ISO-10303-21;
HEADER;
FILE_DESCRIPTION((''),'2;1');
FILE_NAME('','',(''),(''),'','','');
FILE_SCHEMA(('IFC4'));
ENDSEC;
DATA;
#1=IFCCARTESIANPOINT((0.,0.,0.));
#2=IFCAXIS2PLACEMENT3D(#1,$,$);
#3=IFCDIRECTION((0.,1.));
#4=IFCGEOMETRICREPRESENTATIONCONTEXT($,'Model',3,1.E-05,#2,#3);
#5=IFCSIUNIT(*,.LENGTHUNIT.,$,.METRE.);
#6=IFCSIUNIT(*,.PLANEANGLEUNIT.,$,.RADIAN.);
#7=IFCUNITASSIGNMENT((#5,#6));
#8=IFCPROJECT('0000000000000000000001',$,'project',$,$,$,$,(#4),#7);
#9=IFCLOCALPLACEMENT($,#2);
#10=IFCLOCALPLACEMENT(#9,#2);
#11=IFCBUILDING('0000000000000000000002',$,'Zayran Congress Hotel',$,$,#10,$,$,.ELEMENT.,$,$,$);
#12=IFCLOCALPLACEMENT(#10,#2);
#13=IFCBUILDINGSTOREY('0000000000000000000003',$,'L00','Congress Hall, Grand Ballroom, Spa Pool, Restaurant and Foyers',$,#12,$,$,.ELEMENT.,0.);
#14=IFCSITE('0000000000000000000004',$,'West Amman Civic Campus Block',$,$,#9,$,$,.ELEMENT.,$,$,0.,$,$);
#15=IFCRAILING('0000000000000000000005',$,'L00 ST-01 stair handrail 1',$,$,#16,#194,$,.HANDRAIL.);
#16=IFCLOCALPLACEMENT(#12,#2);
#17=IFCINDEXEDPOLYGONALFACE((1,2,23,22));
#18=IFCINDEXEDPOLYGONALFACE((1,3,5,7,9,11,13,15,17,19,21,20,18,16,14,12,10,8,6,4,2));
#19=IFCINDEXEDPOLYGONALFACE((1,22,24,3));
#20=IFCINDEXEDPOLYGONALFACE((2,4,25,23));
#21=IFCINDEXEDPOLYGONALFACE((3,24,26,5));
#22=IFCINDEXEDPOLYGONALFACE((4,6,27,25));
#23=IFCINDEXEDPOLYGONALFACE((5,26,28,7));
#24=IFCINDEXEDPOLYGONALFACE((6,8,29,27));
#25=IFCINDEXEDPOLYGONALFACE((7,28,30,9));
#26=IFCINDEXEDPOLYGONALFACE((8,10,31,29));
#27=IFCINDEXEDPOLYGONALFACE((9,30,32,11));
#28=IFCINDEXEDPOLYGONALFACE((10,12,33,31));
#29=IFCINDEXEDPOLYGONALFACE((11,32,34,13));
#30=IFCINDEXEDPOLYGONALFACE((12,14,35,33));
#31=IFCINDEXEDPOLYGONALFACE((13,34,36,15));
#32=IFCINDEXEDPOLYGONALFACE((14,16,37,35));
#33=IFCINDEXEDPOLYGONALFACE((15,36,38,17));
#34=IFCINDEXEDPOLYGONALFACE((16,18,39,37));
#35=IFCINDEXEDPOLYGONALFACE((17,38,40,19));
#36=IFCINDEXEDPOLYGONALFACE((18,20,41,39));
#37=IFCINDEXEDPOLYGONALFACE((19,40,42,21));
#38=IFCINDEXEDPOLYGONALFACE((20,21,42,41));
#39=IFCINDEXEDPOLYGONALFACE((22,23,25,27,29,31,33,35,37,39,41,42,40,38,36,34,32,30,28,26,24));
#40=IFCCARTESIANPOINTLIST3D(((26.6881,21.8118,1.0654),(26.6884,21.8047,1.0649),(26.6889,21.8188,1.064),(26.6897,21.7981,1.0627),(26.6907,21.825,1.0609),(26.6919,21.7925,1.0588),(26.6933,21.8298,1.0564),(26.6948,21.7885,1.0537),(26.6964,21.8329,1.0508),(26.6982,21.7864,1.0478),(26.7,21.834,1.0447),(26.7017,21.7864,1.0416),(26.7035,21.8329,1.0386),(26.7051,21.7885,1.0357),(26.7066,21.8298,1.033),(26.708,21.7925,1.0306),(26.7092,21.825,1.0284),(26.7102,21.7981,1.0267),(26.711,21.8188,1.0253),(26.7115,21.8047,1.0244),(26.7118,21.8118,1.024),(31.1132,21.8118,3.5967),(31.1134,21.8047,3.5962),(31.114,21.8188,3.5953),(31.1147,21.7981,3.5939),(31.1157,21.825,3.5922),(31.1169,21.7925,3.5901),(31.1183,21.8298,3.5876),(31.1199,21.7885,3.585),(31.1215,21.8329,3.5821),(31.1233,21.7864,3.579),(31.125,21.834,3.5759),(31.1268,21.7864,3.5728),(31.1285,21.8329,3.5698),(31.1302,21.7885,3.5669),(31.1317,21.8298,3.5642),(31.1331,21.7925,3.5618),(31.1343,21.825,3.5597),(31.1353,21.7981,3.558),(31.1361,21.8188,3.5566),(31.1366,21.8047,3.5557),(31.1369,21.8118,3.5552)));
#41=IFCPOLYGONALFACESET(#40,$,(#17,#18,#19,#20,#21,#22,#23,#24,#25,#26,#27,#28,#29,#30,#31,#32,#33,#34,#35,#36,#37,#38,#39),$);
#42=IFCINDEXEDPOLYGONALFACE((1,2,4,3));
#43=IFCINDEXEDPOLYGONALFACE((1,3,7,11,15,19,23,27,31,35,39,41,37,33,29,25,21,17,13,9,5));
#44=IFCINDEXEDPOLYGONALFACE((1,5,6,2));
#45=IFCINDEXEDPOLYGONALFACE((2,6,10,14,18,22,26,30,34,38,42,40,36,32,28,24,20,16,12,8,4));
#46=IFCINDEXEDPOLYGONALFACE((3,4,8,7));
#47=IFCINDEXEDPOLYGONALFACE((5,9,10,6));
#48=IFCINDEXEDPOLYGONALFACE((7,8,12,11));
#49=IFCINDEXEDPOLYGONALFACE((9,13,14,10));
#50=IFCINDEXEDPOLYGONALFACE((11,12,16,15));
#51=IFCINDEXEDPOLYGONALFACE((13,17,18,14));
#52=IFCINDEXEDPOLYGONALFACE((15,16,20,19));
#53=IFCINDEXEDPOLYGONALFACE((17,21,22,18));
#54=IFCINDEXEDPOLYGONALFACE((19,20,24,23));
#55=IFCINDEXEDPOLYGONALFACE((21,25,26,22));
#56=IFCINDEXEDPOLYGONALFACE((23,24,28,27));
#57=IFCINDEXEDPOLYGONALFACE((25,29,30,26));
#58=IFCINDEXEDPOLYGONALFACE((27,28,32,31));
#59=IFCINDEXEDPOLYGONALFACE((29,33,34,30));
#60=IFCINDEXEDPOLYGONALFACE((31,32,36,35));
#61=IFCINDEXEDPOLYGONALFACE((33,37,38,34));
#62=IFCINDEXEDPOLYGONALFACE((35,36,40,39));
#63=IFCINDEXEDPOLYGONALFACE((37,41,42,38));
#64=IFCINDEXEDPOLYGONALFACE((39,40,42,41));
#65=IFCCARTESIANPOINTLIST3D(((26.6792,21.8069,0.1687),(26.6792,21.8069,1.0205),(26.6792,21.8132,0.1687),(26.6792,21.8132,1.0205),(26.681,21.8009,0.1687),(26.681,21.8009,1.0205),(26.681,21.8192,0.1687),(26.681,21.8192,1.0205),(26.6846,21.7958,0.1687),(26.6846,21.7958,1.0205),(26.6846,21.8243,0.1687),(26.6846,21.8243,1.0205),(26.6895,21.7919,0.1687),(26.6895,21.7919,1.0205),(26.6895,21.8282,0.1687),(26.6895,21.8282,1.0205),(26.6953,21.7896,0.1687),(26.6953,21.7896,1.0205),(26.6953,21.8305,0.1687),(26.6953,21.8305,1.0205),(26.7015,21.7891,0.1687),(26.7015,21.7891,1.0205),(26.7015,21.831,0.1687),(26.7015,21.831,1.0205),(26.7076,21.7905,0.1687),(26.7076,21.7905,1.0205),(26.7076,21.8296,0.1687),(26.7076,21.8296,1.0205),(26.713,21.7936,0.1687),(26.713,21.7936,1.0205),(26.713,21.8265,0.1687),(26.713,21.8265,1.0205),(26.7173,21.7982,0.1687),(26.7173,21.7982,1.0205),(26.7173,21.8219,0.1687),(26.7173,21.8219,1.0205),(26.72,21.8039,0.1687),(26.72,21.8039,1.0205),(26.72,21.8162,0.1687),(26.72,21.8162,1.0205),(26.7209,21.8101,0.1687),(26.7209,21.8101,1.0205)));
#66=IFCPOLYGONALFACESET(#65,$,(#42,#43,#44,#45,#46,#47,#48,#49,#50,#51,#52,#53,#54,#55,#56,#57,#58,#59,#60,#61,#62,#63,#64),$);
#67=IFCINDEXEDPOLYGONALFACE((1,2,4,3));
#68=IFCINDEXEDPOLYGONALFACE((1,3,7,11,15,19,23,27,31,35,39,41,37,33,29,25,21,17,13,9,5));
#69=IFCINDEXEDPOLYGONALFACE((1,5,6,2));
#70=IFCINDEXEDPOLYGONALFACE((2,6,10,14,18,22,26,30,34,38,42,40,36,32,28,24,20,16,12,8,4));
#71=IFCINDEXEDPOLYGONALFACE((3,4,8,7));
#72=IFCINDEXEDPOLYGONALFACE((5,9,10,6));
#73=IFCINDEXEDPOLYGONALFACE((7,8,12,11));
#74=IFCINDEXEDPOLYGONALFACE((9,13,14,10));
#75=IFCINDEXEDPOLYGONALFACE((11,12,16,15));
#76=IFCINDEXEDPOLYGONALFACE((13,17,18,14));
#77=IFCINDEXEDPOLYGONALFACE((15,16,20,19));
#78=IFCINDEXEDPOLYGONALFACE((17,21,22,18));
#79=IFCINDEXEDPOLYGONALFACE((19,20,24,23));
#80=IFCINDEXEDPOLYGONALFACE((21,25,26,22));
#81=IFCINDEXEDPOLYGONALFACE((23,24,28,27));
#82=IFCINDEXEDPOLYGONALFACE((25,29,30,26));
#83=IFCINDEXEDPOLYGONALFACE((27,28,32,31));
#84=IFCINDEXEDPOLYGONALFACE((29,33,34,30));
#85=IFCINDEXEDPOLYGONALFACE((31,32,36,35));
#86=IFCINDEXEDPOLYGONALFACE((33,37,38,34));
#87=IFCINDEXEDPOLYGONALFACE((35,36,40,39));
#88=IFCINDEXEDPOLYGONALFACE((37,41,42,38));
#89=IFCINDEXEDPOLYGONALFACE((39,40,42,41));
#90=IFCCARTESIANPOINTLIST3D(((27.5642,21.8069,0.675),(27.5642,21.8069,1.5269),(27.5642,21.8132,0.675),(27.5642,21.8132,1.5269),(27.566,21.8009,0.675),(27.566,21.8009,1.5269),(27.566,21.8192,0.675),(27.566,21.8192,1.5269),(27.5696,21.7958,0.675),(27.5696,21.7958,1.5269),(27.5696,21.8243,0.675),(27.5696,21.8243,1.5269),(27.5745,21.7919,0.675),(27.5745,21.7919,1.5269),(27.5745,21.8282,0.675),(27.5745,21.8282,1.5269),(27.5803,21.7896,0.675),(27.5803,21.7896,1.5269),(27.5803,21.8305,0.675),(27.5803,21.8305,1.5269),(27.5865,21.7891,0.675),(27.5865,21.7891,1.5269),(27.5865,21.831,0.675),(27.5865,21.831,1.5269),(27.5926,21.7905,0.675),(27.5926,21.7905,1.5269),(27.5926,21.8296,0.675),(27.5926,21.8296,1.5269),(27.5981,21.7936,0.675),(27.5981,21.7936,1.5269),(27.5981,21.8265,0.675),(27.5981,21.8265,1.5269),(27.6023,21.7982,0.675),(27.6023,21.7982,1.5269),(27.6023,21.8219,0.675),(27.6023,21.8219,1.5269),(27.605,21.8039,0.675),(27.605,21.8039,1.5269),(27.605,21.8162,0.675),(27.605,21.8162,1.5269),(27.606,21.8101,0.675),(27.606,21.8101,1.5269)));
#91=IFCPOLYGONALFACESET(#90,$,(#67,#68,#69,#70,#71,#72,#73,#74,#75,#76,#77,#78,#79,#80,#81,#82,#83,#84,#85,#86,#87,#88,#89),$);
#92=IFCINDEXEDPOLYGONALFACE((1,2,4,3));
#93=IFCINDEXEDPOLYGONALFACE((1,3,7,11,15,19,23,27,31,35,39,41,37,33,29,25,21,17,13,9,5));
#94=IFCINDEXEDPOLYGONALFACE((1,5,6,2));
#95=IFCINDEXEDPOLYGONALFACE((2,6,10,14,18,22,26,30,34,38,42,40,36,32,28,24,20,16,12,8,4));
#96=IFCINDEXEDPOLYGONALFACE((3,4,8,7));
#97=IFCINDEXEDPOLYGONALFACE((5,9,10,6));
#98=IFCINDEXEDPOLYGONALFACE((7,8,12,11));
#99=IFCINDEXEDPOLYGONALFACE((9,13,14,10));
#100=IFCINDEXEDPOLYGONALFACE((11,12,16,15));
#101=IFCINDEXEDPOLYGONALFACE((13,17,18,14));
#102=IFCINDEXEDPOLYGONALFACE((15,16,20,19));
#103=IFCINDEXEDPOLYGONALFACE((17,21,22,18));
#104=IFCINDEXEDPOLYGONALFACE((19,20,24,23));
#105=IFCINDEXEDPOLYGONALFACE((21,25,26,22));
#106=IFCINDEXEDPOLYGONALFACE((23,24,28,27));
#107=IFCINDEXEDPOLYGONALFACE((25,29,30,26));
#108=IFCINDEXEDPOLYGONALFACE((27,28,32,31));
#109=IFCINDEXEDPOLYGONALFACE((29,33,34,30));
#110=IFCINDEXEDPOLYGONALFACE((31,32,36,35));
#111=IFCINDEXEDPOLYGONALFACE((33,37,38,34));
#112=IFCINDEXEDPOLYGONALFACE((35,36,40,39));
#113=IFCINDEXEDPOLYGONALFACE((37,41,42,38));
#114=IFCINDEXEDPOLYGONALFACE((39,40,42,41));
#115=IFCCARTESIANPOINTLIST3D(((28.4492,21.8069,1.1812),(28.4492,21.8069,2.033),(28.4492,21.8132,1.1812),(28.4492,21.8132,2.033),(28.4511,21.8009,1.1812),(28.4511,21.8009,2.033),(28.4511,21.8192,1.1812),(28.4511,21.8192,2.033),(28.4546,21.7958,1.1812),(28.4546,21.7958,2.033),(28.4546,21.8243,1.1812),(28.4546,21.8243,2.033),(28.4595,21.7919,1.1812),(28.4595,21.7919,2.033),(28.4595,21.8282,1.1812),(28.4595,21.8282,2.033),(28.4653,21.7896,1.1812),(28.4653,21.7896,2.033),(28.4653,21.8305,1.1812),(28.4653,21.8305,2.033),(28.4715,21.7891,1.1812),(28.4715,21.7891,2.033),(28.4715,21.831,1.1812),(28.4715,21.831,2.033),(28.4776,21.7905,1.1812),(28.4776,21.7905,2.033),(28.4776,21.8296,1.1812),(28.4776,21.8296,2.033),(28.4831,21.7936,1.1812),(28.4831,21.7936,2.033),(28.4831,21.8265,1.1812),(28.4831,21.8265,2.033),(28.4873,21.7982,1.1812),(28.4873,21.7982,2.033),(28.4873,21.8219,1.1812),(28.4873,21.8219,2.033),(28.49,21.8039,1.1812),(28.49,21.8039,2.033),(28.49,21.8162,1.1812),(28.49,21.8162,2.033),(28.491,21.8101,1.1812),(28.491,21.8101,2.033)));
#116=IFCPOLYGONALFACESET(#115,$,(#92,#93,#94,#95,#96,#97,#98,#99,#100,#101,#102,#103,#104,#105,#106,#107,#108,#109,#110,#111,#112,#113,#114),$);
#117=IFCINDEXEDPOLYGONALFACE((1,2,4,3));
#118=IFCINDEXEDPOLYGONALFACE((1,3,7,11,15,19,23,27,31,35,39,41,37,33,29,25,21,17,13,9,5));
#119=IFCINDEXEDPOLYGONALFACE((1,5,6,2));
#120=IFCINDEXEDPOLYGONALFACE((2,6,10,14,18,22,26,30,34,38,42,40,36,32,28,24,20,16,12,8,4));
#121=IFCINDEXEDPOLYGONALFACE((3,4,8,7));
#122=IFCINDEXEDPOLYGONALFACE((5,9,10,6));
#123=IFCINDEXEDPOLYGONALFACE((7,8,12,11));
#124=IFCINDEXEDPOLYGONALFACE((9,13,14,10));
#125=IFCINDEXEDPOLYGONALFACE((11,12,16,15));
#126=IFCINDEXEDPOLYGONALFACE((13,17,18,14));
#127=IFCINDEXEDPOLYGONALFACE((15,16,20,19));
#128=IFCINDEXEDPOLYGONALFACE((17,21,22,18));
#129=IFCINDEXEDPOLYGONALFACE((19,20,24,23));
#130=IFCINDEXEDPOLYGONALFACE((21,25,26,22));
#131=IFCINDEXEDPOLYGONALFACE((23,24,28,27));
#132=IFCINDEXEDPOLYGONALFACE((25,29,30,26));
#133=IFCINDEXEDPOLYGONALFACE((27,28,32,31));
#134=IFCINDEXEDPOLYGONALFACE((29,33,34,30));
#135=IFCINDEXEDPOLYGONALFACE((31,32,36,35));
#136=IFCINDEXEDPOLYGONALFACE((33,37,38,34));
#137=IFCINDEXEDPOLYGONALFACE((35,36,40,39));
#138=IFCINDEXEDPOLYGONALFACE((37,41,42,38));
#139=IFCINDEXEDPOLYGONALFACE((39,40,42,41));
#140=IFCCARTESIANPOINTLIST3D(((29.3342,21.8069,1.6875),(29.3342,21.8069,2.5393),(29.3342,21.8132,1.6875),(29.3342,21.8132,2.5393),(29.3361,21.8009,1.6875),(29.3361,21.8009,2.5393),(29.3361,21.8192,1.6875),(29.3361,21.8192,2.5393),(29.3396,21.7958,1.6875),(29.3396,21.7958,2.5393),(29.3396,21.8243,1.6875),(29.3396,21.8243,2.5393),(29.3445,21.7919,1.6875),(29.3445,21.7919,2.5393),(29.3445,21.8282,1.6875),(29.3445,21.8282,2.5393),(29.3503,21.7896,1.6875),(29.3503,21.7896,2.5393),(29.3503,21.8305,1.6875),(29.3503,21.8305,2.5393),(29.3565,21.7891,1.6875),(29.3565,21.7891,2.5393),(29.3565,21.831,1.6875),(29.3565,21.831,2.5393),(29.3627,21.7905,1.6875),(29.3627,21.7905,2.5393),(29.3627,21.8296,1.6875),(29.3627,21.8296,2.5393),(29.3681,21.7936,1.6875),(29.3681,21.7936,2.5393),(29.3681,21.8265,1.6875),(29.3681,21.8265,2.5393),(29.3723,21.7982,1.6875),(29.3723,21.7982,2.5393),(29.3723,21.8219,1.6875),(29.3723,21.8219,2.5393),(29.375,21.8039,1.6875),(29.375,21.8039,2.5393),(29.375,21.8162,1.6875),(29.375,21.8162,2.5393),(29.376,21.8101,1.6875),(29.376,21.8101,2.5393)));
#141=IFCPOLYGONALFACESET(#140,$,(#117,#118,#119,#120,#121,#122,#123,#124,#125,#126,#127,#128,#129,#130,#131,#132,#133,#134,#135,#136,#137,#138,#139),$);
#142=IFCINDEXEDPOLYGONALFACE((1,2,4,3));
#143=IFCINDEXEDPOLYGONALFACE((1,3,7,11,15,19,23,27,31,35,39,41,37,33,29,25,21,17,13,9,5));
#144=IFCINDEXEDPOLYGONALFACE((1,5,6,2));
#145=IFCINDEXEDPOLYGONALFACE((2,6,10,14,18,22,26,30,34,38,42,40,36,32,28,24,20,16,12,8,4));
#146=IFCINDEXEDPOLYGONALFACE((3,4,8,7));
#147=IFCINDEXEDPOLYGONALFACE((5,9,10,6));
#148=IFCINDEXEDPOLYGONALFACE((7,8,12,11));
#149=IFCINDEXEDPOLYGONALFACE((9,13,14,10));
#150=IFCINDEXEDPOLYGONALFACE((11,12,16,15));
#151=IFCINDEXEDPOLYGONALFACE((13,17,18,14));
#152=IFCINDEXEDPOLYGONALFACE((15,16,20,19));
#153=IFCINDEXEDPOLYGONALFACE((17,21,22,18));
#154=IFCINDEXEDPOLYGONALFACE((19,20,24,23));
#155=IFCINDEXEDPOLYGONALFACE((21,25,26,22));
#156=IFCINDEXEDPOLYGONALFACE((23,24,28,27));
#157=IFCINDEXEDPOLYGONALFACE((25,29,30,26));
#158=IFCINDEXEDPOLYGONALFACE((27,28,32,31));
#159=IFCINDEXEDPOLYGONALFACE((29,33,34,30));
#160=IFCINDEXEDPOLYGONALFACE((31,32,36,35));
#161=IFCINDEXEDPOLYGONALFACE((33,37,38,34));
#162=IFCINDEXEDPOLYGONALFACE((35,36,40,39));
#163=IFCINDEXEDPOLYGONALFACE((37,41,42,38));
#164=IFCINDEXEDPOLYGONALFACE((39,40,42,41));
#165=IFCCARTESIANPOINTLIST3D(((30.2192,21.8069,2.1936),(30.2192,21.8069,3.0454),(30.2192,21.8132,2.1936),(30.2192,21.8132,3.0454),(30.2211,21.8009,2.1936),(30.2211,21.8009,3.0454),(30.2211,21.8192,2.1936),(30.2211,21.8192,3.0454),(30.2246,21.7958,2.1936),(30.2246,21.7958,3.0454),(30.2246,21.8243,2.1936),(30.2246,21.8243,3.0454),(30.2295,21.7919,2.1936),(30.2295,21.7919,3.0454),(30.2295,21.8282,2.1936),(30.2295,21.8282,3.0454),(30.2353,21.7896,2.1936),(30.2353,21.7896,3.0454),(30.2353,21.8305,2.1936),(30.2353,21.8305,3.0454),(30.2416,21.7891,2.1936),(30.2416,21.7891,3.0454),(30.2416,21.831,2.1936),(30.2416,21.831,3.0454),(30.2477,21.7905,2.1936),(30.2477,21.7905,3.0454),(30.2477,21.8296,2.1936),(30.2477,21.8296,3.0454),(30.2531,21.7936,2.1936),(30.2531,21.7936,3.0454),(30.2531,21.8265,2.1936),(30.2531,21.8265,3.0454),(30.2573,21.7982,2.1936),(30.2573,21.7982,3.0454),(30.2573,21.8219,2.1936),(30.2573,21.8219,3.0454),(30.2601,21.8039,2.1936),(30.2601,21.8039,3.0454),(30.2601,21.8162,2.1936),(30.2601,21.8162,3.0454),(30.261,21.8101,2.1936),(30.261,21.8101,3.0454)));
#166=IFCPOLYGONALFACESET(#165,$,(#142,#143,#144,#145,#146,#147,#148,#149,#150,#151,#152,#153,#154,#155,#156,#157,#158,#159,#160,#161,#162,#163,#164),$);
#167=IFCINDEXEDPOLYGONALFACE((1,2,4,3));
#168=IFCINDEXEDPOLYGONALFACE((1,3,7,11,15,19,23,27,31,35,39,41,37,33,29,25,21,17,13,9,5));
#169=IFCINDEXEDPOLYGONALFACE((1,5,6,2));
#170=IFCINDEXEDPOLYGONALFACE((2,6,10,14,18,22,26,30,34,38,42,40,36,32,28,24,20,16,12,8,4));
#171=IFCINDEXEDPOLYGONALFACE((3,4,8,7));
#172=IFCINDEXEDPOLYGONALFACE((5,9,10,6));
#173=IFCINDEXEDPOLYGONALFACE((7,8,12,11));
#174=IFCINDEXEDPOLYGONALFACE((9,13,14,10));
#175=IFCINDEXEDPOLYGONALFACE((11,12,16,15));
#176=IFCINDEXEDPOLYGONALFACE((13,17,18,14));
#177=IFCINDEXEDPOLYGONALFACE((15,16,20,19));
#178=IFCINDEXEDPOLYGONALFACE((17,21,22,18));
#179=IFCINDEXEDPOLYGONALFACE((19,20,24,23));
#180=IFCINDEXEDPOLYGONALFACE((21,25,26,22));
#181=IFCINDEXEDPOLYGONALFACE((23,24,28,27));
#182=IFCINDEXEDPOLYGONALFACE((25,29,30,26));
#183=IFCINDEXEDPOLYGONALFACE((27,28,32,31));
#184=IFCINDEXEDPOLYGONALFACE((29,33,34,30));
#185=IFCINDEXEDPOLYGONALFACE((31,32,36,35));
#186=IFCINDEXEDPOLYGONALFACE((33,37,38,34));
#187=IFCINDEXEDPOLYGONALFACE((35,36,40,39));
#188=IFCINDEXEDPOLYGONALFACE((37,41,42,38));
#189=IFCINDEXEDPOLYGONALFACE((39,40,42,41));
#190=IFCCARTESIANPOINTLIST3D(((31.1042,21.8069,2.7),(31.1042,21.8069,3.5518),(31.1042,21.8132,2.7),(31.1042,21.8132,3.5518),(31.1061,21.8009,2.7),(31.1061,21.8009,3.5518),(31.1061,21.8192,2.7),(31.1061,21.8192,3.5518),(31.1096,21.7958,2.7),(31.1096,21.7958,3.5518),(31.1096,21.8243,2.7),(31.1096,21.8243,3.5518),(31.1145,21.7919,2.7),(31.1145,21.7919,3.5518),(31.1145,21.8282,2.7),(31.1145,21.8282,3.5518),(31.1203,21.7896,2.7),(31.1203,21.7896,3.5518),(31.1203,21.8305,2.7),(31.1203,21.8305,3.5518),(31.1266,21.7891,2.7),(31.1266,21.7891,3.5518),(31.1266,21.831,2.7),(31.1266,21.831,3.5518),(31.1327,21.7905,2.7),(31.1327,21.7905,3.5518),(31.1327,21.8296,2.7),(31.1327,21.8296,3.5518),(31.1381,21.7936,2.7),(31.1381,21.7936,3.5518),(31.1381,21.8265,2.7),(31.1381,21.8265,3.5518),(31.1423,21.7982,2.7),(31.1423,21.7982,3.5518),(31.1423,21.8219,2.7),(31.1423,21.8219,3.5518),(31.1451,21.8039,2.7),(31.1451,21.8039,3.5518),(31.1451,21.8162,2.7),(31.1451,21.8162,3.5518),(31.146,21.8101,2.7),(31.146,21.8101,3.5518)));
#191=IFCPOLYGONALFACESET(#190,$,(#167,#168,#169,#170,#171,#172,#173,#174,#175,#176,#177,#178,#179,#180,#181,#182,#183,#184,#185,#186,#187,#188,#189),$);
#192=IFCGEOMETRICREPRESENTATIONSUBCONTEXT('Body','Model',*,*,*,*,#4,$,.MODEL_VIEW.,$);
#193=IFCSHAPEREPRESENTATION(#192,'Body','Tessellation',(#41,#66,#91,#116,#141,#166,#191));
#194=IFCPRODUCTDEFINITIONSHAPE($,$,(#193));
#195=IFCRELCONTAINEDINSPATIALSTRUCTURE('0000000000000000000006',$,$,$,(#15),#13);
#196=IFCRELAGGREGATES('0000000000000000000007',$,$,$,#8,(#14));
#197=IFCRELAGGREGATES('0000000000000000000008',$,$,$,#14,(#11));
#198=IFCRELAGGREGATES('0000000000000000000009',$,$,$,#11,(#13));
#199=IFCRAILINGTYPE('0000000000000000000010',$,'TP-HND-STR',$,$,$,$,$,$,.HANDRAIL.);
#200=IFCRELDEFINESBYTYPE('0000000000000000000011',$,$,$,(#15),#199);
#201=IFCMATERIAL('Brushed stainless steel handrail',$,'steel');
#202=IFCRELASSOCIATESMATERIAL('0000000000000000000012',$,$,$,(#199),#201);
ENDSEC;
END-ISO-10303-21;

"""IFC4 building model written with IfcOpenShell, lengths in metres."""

from ifc_helpers import new_model, si_unit, direction, frame, origin, origin_2d, place, context, subcontext, project, spatial, circle, extrude, material, type_object, element, save


model = new_model("IFC4")

# Units and contexts
model_context = context("Model", 3, precision=1e-05, world=origin(), true_north=direction((0.0, 1.0)))
body_context = subcontext(model_context, "Body", "Model", "MODEL_VIEW")
ifc_project = project(units=[si_unit("LENGTHUNIT", "METRE"), si_unit("PLANEANGLEUNIT", "RADIAN")], contexts=[model_context])

# Site, building, storey
site_placement = place(None, origin())
site = spatial("IfcSite", under=ifc_project, at=site_placement, Name="West Amman Civic Campus Block", CompositionType="ELEMENT", RefElevation=0.0)
building_placement = place(site_placement, origin())
building = spatial("IfcBuilding", under=site, at=building_placement, Name="Zayran Congress Hotel", CompositionType="ELEMENT")
storey_placement = place(building_placement, origin())
storey = spatial("IfcBuildingStorey", under=building, at=storey_placement, Name="L00", Description="Congress Hall, Grand Ballroom, Spa Pool, Restaurant and Foyers", CompositionType="ELEMENT", Elevation=0.0)

# Railing
ifc_material_1 = material(Name="Brushed stainless steel handrail", Category="steel")
railing_type_1 = type_object("IfcRailingType", Name="TP-HND-STR", PredefinedType="HANDRAIL", material=ifc_material_1)
railing_1_placement = place(storey_placement, frame((26.7, 21.8101, 0.1687)))
element("IfcRailing", 1, at=railing_1_placement, inside=storey, type_object=railing_type_1, Name="L00 ST-01 stair handrail 1", PredefinedType="HANDRAIL", context=body_context, shape_type="SweptSolid", body=[
    extrude(circle(Radius=0.0239, at=origin_2d()), frame((0.0, 0.0, 0.876), z_axis=(0.868019, 0.0, 0.496531), x_axis=(0.0, 1.0, 0.0)), (0.0, 0.0, 1.0), 5.0979),
    extrude(circle(Radius=0.021, at=origin_2d()), origin(), (0.0, 0.0, 1.0), 0.8518),
    extrude(circle(Radius=0.021, at=origin_2d()), frame((0.885, 0.0, 0.5063)), (0.0, 0.0, 1.0), 0.8518),
    extrude(circle(Radius=0.021, at=origin_2d()), frame((1.77, 0.0, 1.0125)), (0.0, 0.0, 1.0), 0.8518),
    extrude(circle(Radius=0.021, at=origin_2d()), frame((2.655, 0.0, 1.5188)), (0.0, 0.0, 1.0), 0.8518),
    extrude(circle(Radius=0.021, at=origin_2d()), frame((3.54, 0.0, 2.0249)), (0.0, 0.0, 1.0), 0.8518),
    extrude(circle(Radius=0.021, at=origin_2d()), frame((4.425, 0.0, 2.5312)), (0.0, 0.0, 1.0), 0.8518),
])

save(model, "model.ifc")
